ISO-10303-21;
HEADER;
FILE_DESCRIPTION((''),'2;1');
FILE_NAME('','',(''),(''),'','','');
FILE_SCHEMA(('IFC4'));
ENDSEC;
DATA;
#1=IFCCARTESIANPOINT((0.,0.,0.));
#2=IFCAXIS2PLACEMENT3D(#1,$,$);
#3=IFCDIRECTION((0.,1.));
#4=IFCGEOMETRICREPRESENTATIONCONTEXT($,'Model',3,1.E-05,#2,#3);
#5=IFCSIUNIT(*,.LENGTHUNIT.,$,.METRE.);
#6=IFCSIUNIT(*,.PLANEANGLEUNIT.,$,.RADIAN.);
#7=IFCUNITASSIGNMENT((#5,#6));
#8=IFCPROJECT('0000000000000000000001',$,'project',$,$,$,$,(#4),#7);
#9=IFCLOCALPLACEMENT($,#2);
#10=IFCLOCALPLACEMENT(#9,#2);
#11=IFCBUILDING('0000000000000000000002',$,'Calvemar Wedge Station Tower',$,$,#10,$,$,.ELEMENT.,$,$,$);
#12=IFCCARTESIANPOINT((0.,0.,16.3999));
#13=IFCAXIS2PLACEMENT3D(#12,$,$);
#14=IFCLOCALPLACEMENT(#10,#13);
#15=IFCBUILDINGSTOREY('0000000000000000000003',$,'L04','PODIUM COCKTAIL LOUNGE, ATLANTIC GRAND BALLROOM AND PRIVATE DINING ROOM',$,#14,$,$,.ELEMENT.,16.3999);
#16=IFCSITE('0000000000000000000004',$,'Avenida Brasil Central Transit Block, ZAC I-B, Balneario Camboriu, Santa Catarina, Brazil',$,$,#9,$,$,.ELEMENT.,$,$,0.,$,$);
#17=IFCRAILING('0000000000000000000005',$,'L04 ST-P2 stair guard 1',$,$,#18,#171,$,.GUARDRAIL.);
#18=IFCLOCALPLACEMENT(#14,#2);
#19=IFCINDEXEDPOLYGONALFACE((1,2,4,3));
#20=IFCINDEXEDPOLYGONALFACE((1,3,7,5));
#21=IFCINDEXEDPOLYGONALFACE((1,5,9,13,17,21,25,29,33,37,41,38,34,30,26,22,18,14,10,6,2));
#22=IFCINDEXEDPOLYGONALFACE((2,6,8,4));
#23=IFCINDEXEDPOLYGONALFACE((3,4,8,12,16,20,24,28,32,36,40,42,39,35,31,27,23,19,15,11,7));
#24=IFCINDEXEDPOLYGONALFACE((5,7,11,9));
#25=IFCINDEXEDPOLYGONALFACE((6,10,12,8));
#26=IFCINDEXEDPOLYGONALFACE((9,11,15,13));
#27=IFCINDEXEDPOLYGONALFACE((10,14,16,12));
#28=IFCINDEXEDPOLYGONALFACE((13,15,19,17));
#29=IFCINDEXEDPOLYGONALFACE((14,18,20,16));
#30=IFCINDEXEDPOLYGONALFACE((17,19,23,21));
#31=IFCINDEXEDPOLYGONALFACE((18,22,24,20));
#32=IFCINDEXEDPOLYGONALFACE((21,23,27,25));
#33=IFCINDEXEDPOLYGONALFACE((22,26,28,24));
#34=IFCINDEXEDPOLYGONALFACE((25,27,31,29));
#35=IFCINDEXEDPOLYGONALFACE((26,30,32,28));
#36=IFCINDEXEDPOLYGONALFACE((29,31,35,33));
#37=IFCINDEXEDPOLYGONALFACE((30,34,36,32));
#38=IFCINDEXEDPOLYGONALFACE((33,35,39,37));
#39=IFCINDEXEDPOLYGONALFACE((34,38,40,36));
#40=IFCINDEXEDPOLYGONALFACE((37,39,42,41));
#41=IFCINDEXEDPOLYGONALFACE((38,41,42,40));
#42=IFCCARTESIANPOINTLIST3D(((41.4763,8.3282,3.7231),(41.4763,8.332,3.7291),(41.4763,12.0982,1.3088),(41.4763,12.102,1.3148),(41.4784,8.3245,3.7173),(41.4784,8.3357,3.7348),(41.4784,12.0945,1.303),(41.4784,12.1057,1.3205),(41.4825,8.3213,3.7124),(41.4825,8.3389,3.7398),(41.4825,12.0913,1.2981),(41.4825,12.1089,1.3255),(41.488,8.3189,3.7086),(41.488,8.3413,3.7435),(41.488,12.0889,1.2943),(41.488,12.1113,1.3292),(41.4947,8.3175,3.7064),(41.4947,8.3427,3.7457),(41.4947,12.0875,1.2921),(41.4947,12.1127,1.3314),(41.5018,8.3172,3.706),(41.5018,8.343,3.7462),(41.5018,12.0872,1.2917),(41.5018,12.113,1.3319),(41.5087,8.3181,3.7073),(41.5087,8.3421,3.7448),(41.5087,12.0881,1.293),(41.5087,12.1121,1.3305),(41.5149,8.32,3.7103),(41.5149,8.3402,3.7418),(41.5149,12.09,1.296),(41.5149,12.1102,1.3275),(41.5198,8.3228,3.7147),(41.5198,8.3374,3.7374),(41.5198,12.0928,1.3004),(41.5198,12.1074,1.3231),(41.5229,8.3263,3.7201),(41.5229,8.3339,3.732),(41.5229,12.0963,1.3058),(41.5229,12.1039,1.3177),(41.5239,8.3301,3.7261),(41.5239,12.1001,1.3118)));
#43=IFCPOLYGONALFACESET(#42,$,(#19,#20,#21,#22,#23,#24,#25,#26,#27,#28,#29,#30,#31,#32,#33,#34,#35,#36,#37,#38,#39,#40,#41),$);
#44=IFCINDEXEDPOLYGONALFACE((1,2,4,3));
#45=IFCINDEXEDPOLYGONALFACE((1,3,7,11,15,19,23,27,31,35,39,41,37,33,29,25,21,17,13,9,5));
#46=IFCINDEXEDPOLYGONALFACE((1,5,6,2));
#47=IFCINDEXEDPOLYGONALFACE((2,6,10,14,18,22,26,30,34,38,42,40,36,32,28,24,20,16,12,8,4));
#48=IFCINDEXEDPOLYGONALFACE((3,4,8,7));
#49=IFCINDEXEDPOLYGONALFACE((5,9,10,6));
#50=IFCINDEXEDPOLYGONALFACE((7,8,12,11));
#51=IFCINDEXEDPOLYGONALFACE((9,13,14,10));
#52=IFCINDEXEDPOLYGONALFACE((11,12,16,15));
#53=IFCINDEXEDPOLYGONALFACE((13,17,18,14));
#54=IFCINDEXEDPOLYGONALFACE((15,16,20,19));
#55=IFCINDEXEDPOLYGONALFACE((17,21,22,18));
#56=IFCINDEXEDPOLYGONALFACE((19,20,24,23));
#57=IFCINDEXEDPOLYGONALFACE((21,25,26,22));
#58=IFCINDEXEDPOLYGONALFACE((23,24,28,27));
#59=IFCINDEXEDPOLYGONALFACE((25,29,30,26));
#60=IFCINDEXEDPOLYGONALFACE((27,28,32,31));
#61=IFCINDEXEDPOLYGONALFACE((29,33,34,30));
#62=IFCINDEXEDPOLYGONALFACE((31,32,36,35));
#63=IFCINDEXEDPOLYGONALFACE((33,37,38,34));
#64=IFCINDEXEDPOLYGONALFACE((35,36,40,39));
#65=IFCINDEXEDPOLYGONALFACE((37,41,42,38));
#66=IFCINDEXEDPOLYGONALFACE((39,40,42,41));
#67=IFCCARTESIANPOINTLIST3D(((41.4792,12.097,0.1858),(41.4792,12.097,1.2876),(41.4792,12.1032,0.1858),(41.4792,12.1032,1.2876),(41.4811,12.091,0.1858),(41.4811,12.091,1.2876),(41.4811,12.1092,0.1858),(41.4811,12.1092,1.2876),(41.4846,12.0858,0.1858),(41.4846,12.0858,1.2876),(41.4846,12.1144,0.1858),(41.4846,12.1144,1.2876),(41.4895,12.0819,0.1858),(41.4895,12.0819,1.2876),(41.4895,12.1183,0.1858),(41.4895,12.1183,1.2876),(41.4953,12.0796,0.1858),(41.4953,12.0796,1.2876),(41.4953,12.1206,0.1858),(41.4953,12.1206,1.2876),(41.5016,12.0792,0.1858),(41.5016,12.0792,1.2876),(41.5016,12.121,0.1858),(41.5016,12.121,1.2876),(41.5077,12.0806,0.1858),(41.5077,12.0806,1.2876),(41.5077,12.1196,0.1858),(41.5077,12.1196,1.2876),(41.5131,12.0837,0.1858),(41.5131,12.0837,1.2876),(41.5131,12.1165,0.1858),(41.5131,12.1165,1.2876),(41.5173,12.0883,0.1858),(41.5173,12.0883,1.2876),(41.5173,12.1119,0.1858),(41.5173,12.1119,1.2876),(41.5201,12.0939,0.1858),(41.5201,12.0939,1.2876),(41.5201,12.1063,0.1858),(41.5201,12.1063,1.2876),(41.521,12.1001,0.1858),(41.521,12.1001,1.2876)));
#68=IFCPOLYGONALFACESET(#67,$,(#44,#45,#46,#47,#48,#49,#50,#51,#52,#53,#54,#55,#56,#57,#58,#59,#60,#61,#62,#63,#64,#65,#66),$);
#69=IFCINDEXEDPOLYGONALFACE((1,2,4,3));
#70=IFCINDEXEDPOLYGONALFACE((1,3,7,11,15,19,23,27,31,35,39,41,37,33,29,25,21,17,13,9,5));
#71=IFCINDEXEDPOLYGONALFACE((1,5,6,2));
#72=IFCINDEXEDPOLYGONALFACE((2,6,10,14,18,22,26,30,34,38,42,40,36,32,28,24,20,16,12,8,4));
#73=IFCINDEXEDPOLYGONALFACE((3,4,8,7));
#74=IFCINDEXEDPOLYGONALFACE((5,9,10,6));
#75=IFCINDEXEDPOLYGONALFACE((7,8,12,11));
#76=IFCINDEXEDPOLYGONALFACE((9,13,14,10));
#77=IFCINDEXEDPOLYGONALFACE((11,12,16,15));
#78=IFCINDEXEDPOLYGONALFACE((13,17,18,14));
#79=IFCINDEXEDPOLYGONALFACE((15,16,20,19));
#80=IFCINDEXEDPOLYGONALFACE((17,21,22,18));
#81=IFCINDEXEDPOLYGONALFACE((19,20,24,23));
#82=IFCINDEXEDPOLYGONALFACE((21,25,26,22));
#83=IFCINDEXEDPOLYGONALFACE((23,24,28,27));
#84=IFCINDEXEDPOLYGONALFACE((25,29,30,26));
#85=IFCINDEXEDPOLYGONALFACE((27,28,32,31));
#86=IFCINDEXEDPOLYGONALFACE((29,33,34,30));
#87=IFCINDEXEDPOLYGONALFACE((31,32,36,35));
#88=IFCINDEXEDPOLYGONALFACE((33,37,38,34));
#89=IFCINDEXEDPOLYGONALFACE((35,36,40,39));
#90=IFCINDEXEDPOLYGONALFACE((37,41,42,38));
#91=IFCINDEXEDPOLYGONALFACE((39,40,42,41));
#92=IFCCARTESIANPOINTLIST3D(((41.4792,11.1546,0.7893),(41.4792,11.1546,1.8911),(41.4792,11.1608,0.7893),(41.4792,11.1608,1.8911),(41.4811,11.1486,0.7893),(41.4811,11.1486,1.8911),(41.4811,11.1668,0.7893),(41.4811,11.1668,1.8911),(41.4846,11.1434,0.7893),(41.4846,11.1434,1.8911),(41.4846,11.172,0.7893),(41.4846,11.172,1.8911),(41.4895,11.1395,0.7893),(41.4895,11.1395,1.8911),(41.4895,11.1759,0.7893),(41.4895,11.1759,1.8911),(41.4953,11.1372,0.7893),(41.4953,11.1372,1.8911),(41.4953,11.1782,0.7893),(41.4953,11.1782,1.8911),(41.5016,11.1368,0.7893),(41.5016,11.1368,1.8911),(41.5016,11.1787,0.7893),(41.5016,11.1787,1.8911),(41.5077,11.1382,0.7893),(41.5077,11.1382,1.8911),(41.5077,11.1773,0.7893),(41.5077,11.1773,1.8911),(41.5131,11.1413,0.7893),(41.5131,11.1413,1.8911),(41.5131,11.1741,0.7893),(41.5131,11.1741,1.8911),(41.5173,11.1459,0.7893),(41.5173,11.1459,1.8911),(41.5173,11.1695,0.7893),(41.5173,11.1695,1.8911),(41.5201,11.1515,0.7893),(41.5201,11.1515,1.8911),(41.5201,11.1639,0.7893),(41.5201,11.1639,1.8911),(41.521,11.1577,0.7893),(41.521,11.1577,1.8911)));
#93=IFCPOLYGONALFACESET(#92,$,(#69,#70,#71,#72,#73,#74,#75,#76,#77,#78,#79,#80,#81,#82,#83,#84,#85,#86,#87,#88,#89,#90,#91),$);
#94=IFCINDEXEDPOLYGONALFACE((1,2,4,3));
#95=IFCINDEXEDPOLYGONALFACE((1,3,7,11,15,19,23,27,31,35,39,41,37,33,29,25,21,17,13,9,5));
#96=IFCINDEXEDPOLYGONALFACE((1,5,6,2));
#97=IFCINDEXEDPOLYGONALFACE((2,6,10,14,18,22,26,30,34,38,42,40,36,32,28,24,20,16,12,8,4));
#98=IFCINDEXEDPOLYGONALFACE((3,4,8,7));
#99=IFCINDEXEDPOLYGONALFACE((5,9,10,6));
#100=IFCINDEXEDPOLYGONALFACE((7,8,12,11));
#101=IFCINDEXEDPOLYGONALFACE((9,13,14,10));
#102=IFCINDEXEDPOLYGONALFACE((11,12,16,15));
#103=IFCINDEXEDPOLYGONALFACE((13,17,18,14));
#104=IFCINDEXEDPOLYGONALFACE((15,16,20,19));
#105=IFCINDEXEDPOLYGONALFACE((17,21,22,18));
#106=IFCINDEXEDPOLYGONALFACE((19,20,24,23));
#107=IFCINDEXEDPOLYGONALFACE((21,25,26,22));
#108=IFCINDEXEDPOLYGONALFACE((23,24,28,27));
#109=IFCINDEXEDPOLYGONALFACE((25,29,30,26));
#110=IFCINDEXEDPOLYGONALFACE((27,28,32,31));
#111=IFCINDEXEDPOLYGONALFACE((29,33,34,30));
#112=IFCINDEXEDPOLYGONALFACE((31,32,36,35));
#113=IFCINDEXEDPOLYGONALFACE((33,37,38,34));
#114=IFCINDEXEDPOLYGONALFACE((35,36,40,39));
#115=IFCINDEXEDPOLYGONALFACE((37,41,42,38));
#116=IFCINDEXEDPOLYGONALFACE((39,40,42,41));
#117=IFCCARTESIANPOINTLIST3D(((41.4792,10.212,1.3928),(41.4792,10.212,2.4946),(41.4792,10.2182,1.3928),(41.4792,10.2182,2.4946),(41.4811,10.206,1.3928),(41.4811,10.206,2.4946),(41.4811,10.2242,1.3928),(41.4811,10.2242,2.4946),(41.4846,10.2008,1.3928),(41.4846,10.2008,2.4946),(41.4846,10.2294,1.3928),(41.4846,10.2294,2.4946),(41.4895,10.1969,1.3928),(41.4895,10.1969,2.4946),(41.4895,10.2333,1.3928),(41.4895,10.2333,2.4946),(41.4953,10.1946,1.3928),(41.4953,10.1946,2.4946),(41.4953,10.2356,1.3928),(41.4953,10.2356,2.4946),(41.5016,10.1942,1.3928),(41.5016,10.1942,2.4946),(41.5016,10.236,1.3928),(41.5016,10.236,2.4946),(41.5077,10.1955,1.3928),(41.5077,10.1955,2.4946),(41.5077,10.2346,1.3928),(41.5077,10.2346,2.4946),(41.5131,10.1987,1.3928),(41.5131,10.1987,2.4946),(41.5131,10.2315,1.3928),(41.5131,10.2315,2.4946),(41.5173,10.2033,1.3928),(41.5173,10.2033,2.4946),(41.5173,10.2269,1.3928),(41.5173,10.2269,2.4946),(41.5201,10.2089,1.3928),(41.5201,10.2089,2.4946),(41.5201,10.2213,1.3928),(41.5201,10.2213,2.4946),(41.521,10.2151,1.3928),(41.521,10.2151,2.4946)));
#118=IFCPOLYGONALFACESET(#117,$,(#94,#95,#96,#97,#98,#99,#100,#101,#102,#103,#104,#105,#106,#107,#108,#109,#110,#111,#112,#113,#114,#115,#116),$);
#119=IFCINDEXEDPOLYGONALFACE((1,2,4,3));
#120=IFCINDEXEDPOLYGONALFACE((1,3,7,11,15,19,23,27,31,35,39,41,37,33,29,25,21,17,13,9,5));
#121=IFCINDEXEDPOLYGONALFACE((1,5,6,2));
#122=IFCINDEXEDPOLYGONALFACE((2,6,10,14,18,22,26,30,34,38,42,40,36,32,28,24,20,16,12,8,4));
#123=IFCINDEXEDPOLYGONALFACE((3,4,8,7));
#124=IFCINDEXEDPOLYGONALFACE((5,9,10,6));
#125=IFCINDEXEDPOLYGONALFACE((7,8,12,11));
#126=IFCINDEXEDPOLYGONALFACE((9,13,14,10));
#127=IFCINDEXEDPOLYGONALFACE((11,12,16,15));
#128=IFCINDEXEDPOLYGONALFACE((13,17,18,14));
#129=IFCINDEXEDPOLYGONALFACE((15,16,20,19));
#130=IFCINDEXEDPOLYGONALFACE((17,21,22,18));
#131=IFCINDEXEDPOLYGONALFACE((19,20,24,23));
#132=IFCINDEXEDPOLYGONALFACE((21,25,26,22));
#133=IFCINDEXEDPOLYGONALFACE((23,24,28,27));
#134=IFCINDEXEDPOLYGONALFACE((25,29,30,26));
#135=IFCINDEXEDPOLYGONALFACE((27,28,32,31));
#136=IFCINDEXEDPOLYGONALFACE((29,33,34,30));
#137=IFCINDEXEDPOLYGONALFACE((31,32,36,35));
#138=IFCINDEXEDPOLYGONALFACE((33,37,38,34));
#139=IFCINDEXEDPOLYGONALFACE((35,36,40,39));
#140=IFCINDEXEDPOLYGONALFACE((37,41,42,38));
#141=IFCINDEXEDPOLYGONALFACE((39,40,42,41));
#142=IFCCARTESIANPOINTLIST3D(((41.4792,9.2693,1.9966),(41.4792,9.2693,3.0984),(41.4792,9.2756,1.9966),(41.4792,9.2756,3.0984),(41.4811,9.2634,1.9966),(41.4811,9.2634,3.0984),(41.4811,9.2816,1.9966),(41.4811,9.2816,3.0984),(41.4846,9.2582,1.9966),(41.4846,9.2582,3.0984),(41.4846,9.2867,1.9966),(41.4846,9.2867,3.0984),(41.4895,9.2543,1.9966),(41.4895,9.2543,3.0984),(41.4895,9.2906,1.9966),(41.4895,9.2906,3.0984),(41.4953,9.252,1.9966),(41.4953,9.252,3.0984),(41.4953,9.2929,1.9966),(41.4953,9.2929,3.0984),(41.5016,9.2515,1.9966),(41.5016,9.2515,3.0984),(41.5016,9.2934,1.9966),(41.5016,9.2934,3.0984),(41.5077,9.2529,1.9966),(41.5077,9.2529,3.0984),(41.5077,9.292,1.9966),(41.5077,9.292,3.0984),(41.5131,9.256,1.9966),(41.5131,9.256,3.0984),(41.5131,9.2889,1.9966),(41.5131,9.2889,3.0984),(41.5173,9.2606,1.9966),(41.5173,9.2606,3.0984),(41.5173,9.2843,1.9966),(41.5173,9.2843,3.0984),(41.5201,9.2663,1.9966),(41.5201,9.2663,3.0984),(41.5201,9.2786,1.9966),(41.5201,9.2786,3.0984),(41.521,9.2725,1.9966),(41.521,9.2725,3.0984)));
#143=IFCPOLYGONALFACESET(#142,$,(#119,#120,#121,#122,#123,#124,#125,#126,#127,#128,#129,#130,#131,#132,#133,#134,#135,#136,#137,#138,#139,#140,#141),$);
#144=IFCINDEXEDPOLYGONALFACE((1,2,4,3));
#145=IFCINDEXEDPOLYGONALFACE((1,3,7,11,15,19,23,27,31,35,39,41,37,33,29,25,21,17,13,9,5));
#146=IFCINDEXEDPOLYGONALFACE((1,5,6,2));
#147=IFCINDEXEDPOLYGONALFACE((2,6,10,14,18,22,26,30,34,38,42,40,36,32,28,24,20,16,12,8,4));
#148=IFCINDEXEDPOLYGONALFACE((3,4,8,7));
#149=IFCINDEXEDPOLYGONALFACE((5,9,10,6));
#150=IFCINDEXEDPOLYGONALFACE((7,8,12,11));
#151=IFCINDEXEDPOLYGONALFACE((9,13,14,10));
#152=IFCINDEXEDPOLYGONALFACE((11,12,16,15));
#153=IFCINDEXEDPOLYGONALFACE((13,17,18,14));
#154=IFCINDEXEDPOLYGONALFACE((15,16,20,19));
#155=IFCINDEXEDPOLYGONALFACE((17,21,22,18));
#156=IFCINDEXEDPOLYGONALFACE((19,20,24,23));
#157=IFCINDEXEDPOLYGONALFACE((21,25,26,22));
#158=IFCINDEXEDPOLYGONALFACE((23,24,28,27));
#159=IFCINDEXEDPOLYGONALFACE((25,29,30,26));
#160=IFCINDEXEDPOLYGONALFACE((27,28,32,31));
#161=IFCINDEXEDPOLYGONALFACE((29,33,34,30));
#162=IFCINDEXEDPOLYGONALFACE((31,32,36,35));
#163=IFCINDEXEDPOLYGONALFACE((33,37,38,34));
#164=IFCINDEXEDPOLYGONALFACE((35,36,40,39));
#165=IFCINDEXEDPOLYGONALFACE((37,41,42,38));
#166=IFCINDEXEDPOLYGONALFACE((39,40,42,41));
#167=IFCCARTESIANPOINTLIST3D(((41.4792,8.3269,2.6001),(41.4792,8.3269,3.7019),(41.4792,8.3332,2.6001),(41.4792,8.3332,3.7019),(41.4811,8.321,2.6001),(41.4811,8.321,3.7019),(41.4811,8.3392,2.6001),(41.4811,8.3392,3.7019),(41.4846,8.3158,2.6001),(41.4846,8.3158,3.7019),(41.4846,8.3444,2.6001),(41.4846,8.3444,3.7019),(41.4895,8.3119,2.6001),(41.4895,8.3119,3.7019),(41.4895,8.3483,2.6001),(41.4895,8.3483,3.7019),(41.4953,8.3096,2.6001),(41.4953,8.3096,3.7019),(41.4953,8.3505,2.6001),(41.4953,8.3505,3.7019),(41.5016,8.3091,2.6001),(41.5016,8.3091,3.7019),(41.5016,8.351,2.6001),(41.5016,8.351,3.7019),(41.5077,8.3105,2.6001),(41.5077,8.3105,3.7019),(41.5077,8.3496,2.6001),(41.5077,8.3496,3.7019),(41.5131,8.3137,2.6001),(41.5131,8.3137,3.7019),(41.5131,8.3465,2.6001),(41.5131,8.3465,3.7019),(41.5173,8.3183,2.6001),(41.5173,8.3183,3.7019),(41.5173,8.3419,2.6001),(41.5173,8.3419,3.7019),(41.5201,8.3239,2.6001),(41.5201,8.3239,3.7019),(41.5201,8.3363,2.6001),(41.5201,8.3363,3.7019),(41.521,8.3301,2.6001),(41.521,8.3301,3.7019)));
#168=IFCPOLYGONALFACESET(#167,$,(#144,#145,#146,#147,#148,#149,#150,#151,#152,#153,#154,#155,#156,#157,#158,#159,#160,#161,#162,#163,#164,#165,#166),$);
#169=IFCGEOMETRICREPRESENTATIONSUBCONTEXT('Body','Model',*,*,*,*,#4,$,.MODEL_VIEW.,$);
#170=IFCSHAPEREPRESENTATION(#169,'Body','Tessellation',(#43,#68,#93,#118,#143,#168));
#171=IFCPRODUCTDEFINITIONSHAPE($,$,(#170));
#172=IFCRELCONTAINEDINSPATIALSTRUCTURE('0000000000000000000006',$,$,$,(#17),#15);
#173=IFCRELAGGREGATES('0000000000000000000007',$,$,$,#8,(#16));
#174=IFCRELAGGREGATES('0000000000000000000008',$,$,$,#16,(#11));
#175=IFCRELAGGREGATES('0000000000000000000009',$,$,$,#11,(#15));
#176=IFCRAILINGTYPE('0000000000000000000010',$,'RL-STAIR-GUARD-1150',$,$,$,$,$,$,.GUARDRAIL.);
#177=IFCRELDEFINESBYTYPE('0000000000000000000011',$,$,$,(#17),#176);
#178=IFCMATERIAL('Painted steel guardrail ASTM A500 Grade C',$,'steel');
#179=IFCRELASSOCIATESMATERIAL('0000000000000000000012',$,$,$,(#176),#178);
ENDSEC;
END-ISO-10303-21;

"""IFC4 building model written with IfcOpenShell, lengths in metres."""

from ifc_helpers import new_model, si_unit, direction, frame, origin, origin_2d, place, context, subcontext, project, spatial, circle, extrude, material, type_object, element, save


model = new_model("IFC4")

# Units and contexts
model_context = context("Model", 3, precision=1e-05, world=origin(), true_north=direction((0.0, 1.0)))
body_context = subcontext(model_context, "Body", "Model", "MODEL_VIEW")
ifc_project = project(units=[si_unit("LENGTHUNIT", "METRE"), si_unit("PLANEANGLEUNIT", "RADIAN")], contexts=[model_context])

# Site, building, storey
site_placement = place(None, origin())
site = spatial("IfcSite", under=ifc_project, at=site_placement, Name="Avenida Brasil Central Transit Block, ZAC I-B, Balneario Camboriu, Santa Catarina, Brazil", CompositionType="ELEMENT", RefElevation=0.0)
building_placement = place(site_placement, origin())
building = spatial("IfcBuilding", under=site, at=building_placement, Name="Calvemar Wedge Station Tower", CompositionType="ELEMENT")
storey_placement = place(building_placement, frame((0.0, 0.0, 16.3999)))
storey = spatial("IfcBuildingStorey", under=building, at=storey_placement, Name="L04", Description="PODIUM COCKTAIL LOUNGE, ATLANTIC GRAND BALLROOM AND PRIVATE DINING ROOM", CompositionType="ELEMENT", Elevation=16.3999)

# Railing
ifc_material_1 = material(Name="Painted steel guardrail ASTM A500 Grade C", Category="steel")
railing_type_1 = type_object("IfcRailingType", Name="RL-STAIR-GUARD-1150", PredefinedType="GUARDRAIL", material=ifc_material_1)
railing_1_placement = place(storey_placement, frame((41.5, 12.1001, 0.1858)))
element("IfcRailing", 1, at=railing_1_placement, inside=storey, type_object=railing_type_1, Name="L04 ST-P2 stair guard 1", PredefinedType="GUARDRAIL", context=body_context, shape_type="SweptSolid", body=[
    extrude(circle(Radius=0.0239, at=origin_2d()), frame((0.0, 0.0, 1.126), z_axis=(0.0, -0.84212, 0.53929), x_axis=(1.0, 0.0, 0.0)), (0.0, 0.0, 1.0), 4.4768),
    extrude(circle(Radius=0.021, at=origin_2d()), origin(), (0.0, 0.0, 1.0), 1.1018),
    extrude(circle(Radius=0.021, at=origin_2d()), frame((0.0, -0.9424, 0.6035)), (0.0, 0.0, 1.0), 1.1018),
    extrude(circle(Radius=0.021, at=origin_2d()), frame((0.0, -1.885, 1.207)), (0.0, 0.0, 1.0), 1.1018),
    extrude(circle(Radius=0.021, at=origin_2d()), frame((0.0, -2.8276, 1.8108)), (0.0, 0.0, 1.0), 1.1018),
    extrude(circle(Radius=0.021, at=origin_2d()), frame((0.0, -3.77, 2.4143)), (0.0, 0.0, 1.0), 1.1018),
])

save(model, "model.ifc")
